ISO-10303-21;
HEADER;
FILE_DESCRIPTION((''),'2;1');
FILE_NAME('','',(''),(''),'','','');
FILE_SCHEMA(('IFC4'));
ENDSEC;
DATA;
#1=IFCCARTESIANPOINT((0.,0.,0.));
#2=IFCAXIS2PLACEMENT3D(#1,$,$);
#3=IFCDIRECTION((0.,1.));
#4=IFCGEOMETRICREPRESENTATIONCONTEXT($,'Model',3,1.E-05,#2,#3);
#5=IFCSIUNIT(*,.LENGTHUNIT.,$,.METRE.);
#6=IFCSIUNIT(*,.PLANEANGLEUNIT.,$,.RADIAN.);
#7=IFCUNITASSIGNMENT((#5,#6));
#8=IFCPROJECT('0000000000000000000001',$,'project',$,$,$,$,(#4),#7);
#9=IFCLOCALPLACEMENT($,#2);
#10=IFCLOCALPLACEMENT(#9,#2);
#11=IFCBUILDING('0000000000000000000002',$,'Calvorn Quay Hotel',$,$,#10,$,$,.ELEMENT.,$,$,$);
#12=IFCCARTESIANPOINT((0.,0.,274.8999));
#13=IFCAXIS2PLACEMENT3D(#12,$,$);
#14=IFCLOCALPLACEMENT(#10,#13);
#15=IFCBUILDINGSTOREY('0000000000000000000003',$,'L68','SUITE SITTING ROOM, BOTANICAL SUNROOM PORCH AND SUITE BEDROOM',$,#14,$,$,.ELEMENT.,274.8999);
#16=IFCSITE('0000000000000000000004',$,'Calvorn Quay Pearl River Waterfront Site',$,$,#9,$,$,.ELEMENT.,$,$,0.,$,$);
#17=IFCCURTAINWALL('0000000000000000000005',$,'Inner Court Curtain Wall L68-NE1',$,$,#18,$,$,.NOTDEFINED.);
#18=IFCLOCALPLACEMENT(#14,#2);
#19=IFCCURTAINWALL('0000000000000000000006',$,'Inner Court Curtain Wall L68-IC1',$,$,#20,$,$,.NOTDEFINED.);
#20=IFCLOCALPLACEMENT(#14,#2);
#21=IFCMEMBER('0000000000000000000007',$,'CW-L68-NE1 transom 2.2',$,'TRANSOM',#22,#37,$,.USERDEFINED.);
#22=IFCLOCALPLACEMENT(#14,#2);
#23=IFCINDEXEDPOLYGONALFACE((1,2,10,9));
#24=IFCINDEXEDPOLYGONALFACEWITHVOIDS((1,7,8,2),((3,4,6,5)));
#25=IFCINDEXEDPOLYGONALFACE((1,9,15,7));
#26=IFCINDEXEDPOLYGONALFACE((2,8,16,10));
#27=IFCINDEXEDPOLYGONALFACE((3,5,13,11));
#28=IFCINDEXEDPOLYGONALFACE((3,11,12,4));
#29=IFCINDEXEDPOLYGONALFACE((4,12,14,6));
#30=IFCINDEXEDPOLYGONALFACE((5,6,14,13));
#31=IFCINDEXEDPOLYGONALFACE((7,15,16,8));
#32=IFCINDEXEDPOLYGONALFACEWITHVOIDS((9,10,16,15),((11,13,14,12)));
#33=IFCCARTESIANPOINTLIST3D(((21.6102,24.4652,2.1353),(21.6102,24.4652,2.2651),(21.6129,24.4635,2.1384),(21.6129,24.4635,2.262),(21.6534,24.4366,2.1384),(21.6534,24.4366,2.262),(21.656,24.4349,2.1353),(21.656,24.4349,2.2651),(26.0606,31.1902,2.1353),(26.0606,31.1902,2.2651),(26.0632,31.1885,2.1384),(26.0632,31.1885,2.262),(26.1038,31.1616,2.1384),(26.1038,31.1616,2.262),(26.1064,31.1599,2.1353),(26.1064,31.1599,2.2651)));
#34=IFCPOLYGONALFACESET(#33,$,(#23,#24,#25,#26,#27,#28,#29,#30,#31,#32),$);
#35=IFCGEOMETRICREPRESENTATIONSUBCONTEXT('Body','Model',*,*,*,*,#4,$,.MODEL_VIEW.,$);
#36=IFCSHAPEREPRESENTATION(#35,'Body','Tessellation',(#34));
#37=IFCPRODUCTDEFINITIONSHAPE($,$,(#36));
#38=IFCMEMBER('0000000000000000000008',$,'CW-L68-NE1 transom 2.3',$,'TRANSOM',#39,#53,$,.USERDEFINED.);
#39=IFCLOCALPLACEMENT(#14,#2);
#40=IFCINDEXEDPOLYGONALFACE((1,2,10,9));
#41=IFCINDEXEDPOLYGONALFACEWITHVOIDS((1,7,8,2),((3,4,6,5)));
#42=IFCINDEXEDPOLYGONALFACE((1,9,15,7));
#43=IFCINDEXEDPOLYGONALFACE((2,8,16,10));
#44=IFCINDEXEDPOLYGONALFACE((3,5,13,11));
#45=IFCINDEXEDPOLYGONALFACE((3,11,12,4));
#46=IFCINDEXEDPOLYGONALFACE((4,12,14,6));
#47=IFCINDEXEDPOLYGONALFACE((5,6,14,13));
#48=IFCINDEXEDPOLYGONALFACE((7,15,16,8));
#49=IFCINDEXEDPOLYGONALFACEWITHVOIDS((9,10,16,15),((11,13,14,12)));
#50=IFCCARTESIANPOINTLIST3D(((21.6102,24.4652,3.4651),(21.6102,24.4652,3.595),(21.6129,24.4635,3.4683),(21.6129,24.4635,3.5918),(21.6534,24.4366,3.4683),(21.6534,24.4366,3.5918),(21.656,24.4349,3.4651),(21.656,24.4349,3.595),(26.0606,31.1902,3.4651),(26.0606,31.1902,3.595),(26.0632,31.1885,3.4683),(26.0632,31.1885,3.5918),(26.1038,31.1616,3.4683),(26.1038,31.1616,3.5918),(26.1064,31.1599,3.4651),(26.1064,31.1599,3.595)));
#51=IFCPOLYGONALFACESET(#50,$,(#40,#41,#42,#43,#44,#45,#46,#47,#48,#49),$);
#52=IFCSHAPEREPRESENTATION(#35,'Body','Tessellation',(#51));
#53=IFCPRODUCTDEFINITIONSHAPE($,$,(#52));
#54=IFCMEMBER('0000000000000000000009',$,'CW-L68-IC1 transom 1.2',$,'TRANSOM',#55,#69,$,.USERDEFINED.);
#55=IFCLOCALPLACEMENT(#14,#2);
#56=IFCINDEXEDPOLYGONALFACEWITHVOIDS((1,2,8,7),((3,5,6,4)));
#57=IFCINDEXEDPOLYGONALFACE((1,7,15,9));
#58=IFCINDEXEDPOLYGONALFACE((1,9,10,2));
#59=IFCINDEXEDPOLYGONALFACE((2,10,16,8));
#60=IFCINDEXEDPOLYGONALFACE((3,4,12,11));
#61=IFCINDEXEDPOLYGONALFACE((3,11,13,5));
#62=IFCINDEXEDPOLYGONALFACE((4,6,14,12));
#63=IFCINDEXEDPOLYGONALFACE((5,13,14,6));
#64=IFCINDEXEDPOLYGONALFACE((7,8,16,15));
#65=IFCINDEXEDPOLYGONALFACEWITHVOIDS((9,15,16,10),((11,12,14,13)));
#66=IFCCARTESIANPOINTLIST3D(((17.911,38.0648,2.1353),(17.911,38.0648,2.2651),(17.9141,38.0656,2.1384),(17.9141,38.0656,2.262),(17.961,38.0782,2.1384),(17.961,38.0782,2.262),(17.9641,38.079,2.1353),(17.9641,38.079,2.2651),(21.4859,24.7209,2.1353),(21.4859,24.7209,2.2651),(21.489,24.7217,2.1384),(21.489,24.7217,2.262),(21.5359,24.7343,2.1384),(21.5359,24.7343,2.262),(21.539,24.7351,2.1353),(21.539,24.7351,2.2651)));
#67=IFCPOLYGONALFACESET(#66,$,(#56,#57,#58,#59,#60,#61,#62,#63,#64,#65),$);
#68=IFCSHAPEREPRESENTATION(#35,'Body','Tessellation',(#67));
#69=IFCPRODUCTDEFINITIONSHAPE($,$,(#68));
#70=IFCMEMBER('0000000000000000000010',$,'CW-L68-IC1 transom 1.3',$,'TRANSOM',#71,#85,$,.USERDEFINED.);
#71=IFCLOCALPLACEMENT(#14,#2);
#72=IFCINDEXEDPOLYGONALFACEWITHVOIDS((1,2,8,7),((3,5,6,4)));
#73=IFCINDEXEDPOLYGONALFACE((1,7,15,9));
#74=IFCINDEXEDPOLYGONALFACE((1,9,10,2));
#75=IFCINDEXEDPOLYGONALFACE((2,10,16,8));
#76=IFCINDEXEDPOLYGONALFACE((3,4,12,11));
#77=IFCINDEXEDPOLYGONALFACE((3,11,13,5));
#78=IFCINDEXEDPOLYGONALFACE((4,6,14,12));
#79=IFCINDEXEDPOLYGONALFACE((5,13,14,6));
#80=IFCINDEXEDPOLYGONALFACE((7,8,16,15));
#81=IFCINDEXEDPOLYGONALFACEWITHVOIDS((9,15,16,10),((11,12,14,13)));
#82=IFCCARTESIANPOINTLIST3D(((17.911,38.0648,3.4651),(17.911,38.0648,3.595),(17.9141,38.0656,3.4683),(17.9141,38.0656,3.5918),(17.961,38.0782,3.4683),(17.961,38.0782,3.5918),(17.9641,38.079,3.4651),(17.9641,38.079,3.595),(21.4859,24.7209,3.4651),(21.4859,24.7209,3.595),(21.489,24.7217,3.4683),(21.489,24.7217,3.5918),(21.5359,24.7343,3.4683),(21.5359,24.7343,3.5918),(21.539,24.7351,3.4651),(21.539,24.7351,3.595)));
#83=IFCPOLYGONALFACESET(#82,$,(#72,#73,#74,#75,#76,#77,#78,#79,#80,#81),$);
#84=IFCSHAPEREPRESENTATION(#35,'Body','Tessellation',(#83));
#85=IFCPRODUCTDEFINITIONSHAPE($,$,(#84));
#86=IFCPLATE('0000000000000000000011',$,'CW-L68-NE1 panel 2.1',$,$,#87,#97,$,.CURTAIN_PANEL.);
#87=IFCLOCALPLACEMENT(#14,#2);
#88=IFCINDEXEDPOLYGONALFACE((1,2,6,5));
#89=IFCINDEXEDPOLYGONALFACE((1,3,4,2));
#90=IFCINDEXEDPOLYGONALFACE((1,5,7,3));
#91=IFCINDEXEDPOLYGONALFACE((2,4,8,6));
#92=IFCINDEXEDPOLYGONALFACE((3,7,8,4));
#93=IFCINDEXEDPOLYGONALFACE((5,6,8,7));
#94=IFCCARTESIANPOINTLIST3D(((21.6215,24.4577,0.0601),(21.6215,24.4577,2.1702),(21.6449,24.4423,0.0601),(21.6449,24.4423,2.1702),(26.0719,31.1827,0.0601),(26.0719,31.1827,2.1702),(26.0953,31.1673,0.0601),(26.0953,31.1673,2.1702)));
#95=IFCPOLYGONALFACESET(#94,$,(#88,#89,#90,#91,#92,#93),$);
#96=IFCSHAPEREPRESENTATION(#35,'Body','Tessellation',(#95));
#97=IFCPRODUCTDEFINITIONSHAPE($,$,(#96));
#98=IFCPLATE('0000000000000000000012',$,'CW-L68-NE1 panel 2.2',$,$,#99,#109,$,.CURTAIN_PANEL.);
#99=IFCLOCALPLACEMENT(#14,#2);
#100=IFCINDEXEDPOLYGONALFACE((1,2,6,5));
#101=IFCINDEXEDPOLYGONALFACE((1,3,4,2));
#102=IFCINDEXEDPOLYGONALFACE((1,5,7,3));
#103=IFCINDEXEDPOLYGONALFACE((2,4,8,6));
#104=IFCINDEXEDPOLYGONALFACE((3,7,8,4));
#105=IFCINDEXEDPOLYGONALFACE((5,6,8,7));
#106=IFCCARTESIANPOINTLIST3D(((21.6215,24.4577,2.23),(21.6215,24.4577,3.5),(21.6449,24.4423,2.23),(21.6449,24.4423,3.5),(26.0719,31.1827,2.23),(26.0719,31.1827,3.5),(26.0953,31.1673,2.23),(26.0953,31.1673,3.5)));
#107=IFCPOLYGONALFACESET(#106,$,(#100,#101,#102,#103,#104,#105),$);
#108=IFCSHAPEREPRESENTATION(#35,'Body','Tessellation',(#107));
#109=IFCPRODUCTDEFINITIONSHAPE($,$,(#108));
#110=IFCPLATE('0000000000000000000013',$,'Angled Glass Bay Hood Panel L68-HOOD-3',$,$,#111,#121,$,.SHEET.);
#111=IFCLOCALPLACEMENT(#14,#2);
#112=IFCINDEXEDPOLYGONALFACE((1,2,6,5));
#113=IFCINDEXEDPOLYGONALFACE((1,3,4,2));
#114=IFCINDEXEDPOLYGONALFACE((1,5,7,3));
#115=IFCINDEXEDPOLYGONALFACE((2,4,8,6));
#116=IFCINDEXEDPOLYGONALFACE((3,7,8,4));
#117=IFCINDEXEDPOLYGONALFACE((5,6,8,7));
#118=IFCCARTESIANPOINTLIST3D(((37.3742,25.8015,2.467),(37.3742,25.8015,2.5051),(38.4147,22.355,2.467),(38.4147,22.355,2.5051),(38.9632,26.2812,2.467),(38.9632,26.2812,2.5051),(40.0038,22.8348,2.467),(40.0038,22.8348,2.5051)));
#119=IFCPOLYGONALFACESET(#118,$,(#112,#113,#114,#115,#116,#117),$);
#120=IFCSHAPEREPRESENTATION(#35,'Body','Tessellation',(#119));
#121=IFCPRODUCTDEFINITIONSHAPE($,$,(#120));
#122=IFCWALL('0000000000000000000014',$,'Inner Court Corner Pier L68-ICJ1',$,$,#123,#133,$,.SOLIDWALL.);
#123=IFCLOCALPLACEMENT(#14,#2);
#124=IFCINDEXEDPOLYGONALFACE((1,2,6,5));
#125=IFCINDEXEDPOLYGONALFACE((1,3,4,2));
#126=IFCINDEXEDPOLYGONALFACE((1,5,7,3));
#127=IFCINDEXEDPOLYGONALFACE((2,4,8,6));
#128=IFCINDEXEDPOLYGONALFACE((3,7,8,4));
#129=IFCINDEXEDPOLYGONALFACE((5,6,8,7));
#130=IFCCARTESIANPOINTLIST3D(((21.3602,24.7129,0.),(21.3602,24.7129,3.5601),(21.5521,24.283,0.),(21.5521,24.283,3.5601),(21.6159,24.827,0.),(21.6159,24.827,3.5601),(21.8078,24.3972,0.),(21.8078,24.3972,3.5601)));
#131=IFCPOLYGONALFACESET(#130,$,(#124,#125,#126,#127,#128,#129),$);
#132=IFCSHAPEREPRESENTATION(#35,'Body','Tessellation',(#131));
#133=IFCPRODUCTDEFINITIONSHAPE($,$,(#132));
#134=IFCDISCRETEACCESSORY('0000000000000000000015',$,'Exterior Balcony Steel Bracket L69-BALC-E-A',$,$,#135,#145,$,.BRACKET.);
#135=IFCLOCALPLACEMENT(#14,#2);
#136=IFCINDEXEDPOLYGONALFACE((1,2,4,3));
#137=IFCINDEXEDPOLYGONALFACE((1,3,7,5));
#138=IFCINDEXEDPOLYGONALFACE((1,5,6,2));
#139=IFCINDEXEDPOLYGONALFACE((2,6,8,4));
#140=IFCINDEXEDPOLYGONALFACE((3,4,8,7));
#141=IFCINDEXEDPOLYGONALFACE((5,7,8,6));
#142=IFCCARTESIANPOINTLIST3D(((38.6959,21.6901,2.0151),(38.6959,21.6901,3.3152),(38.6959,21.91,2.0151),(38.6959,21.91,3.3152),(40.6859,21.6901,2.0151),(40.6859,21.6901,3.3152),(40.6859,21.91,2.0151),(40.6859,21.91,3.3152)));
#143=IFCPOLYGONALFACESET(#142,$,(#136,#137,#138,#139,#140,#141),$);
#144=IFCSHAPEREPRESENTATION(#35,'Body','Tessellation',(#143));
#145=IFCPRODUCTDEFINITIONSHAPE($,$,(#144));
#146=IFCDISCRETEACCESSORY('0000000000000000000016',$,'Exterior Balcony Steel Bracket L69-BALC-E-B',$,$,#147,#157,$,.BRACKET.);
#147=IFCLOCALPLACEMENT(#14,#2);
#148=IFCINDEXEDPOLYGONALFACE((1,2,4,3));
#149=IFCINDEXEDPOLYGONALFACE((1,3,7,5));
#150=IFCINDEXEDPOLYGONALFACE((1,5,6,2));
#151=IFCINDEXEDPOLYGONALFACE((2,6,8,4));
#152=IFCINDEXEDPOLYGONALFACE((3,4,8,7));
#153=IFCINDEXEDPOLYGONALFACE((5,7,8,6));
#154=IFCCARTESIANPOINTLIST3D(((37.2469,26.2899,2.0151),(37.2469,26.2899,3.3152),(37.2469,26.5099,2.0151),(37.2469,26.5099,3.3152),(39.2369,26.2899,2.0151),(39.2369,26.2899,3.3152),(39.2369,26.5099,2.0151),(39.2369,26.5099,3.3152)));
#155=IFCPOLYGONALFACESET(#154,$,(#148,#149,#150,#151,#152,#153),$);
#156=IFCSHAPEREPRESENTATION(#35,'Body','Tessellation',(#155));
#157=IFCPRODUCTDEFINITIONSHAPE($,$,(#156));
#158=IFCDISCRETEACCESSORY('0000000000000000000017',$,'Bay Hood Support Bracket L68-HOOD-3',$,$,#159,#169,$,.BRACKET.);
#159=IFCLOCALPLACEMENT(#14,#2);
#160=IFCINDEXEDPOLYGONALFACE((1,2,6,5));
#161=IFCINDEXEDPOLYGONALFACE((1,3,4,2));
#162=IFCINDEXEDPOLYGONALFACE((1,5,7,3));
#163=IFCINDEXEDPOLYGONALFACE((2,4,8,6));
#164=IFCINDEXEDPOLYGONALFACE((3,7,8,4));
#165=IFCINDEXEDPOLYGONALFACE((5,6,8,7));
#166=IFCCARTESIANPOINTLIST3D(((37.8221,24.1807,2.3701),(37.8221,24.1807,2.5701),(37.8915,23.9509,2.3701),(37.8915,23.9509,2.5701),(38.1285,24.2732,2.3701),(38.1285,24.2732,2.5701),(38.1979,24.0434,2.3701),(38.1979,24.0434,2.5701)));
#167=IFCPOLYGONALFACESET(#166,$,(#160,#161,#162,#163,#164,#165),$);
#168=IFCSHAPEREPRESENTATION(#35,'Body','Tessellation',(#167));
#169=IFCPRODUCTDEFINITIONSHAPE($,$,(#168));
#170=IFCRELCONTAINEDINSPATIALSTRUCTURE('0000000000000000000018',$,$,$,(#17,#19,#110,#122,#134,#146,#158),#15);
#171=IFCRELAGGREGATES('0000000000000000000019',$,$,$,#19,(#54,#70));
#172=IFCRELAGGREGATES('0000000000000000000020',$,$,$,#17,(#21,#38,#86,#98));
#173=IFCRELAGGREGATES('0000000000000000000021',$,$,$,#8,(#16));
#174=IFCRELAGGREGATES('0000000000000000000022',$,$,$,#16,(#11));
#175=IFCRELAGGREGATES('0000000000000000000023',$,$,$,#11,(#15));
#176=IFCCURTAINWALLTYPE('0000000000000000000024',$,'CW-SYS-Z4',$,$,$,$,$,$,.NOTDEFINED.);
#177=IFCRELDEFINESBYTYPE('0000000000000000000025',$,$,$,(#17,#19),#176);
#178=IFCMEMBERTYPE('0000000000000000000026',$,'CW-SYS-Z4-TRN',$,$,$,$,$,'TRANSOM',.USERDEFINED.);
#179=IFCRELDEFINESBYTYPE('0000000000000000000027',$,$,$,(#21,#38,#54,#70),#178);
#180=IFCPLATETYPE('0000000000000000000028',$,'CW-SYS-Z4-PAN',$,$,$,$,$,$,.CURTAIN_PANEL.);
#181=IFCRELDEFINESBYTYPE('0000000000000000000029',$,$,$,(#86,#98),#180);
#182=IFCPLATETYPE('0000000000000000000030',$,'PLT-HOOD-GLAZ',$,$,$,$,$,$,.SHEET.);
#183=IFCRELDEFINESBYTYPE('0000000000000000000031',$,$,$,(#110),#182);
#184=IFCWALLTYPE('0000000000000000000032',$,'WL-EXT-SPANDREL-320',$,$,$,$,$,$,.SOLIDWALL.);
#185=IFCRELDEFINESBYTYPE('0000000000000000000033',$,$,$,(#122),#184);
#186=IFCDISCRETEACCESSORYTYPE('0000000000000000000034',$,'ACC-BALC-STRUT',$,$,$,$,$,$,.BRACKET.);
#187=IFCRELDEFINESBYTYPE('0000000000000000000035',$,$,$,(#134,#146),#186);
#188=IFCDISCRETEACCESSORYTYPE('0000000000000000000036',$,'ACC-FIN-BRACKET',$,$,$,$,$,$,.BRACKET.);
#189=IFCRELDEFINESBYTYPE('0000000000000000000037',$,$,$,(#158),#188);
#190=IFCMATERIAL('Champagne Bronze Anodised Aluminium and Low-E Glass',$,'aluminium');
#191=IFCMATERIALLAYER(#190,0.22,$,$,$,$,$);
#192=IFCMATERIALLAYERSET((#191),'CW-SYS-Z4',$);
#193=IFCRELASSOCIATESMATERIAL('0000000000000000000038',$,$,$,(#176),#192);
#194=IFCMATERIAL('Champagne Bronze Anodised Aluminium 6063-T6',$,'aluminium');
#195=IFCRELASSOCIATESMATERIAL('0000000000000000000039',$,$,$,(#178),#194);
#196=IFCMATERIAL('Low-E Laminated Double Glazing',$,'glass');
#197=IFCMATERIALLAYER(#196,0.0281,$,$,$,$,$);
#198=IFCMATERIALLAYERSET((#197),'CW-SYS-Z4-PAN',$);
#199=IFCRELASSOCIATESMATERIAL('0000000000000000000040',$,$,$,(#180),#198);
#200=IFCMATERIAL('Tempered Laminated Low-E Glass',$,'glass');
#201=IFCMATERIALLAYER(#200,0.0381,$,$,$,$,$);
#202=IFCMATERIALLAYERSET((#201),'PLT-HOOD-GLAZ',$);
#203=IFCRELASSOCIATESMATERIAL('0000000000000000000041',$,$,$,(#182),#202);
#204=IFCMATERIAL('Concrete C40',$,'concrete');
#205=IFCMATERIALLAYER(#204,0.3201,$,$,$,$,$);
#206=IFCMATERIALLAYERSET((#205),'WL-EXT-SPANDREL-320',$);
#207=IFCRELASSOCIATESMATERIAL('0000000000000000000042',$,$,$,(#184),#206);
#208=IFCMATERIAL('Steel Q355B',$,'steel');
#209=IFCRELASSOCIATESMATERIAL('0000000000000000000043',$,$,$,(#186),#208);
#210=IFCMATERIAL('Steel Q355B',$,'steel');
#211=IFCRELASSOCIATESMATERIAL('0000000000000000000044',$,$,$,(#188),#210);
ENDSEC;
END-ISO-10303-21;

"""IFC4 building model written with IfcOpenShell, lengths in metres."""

from ifc_helpers import new_model, si_unit, direction, frame, frame_2d, origin, origin_2d, place, context, subcontext, project, spatial, rectangle, hollow_rectangle, extrude, material, layer, layer_set, material_profile, profile_set, type_object, element, aggregate, save


model = new_model("IFC4")

# Units and contexts
model_context = context("Model", 3, precision=1e-05, world=origin(), true_north=direction((0.0, 1.0)))
body_context = subcontext(model_context, "Body", "Model", "MODEL_VIEW")
ifc_project = project(units=[si_unit("LENGTHUNIT", "METRE"), si_unit("PLANEANGLEUNIT", "RADIAN")], contexts=[model_context])

# Site, building, storey
site_placement = place(None, origin())
site = spatial("IfcSite", under=ifc_project, at=site_placement, Name="Calvorn Quay Pearl River Waterfront Site", CompositionType="ELEMENT", RefElevation=0.0)
building_placement = place(site_placement, origin())
building = spatial("IfcBuilding", under=site, at=building_placement, Name="Calvorn Quay Hotel", CompositionType="ELEMENT")
storey_placement = place(building_placement, frame((0.0, 0.0, 274.8999)))
storey = spatial("IfcBuildingStorey", under=building, at=storey_placement, Name="L68", Description="SUITE SITTING ROOM, BOTANICAL SUNROOM PORCH AND SUITE BEDROOM", CompositionType="ELEMENT", Elevation=274.8999)

# Curtain wall
ifc_material_1 = material(Name="Champagne Bronze Anodised Aluminium and Low-E Glass", Category="aluminium")
ifc_layer_1 = layer(ifc_material_1, 0.22)
ifc_layer_set_1 = layer_set([ifc_layer_1], Name="CW-SYS-Z4")
curtain_wall_type = type_object("IfcCurtainWallType", Name="CW-SYS-Z4", PredefinedType="NOTDEFINED", material=ifc_layer_set_1)
curtain_wall_1_placement = place(storey_placement, origin())
curtain_wall_1 = element("IfcCurtainWall", 1, at=curtain_wall_1_placement, inside=storey, type_object=curtain_wall_type, Name="Inner Court Curtain Wall L68-NE1", PredefinedType="NOTDEFINED")

# Curtain wall
curtain_wall_2_placement = place(storey_placement, origin())
curtain_wall_2 = element("IfcCurtainWall", 2, at=curtain_wall_2_placement, inside=storey, type_object=curtain_wall_type, Name="Inner Court Curtain Wall L68-IC1", PredefinedType="NOTDEFINED")

# Members
ifc_material_2 = material(Name="Champagne Bronze Anodised Aluminium 6063-T6", Category="aluminium")
ifc_material_profile_1 = material_profile(ifc_material_2, hollow_rectangle(XDim=0.0549, YDim=0.1299, WallThickness=0.0032, at=origin_2d()), Name="ALU-T130x55x3.2")
ifc_profile_set_1 = profile_set([ifc_material_profile_1], Name="Champagne Bronze Anodised Aluminium 6063-T6")
member_type_1 = type_object("IfcMemberType", Name="CW-SYS-Z4-TRN", ElementType="TRANSOM", PredefinedType="USERDEFINED", material=ifc_profile_set_1)
member_1_placement = place(storey_placement, frame((26.0835, 31.175, 2.2002), z_axis=(-0.551868, -0.833932, 0.0), x_axis=(0.833932, -0.551868, 0.0)))
member_1 = element("IfcMember", 3, at=member_1_placement, type_object=member_type_1, Name="CW-L68-NE1 transom 2.2", ObjectType="TRANSOM", PredefinedType="USERDEFINED", context=body_context, shape_type="SweptSolid", body=[
    extrude(hollow_rectangle(XDim=0.0549, YDim=0.1299, WallThickness=0.0032, at=origin_2d()), origin(), (0.0, 0.0, 1.0), 8.0642),
])
member_2_placement = place(storey_placement, frame((26.0835, 31.175, 3.53), z_axis=(-0.551868, -0.833932, 0.0), x_axis=(0.833932, -0.551868, 0.0)))
member_2 = element("IfcMember", 4, at=member_2_placement, type_object=member_type_1, Name="CW-L68-NE1 transom 2.3", ObjectType="TRANSOM", PredefinedType="USERDEFINED", context=body_context, shape_type="SweptSolid", body=[
    extrude(hollow_rectangle(XDim=0.0549, YDim=0.1299, WallThickness=0.0032, at=origin_2d()), origin(), (0.0, 0.0, 1.0), 8.0642),
])
member_3_placement = place(storey_placement, frame((21.5125, 24.728, 2.2002), z_axis=(-0.258781, 0.965936, 0.0), x_axis=(-0.965936, -0.258781, 0.0)))
member_3 = element("IfcMember", 5, at=member_3_placement, type_object=member_type_1, Name="CW-L68-IC1 transom 1.2", ObjectType="TRANSOM", PredefinedType="USERDEFINED", context=body_context, shape_type="SweptSolid", body=[
    extrude(hollow_rectangle(XDim=0.0549, YDim=0.1299, WallThickness=0.0032, at=origin_2d()), origin(), (0.0, 0.0, 1.0), 13.8145),
])
member_4_placement = place(storey_placement, frame((21.5125, 24.728, 3.53), z_axis=(-0.258781, 0.965936, 0.0), x_axis=(-0.965936, -0.258781, 0.0)))
member_4 = element("IfcMember", 6, at=member_4_placement, type_object=member_type_1, Name="CW-L68-IC1 transom 1.3", ObjectType="TRANSOM", PredefinedType="USERDEFINED", context=body_context, shape_type="SweptSolid", body=[
    extrude(hollow_rectangle(XDim=0.0549, YDim=0.1299, WallThickness=0.0032, at=origin_2d()), origin(), (0.0, 0.0, 1.0), 13.8145),
])
aggregate(curtain_wall_2, [member_3, member_4])

# Plates
ifc_material_3 = material(Name="Low-E Laminated Double Glazing", Category="glass")
ifc_layer_2 = layer(ifc_material_3, 0.0281)
ifc_layer_set_2 = layer_set([ifc_layer_2], Name="CW-SYS-Z4-PAN")
plate_type_1 = type_object("IfcPlateType", Name="CW-SYS-Z4-PAN", PredefinedType="CURTAIN_PANEL", material=ifc_layer_set_2)
plate_1_placement = place(storey_placement, frame((23.8584, 27.8125, 0.0601), z_axis=(0.0, 0.0, 1.0), x_axis=(-0.551867, -0.833932, 0.0)))
plate_1 = element("IfcPlate", 7, at=plate_1_placement, type_object=plate_type_1, Name="CW-L68-NE1 panel 2.1", PredefinedType="CURTAIN_PANEL", context=body_context, shape_type="SweptSolid", body=[
    extrude(rectangle(XDim=8.0642, YDim=0.0281, at=origin_2d()), origin(), (0.0, 0.0, 1.0), 2.1101),
])
plate_2_placement = place(storey_placement, frame((23.8584, 27.8125, 2.23), z_axis=(0.0, 0.0, 1.0), x_axis=(-0.551867, -0.833932, 0.0)))
plate_2 = element("IfcPlate", 8, at=plate_2_placement, type_object=plate_type_1, Name="CW-L68-NE1 panel 2.2", PredefinedType="CURTAIN_PANEL", context=body_context, shape_type="SweptSolid", body=[
    extrude(rectangle(XDim=8.0642, YDim=0.0281, at=origin_2d()), origin(), (0.0, 0.0, 1.0), 1.27),
])
aggregate(curtain_wall_1, [member_1, member_2, plate_1, plate_2])
ifc_material_4 = material(Name="Tempered Laminated Low-E Glass", Category="glass")
ifc_layer_3 = layer(ifc_material_4, 0.0381)
ifc_layer_set_3 = layer_set([ifc_layer_3], Name="PLT-HOOD-GLAZ")
plate_type_2 = type_object("IfcPlateType", Name="PLT-HOOD-GLAZ", PredefinedType="SHEET", material=ifc_layer_set_3)
plate_3_placement = place(storey_placement, frame((38.689, 24.3181, 2.467), z_axis=(0.0, 0.0, 1.0), x_axis=(0.957319, 0.289032, 0.0)))
element("IfcPlate", 9, at=plate_3_placement, inside=storey, type_object=plate_type_2, Name="Angled Glass Bay Hood Panel L68-HOOD-3", PredefinedType="SHEET", context=body_context, shape_type="SweptSolid", body=[
    extrude(rectangle(XDim=1.6599, YDim=3.6001, at=origin_2d()), origin(), (0.0, 0.0, 1.0), 0.0381),
])

# Wall
ifc_material_5 = material(Name="Concrete C40", Category="concrete")
ifc_layer_4 = layer(ifc_material_5, 0.3201)
ifc_layer_set_4 = layer_set([ifc_layer_4], Name="WL-EXT-SPANDREL-320")
wall_type = type_object("IfcWallType", Name="WL-EXT-SPANDREL-320", PredefinedType="SOLIDWALL", material=ifc_layer_set_4)
wall_placement = place(storey_placement, frame((21.6799, 24.3401, 0.0), z_axis=(0.0, 0.0, 1.0), x_axis=(-0.407581, 0.913169, 0.0)))
element("IfcWall", 10, at=wall_placement, inside=storey, type_object=wall_type, Name="Inner Court Corner Pier L68-ICJ1", PredefinedType="SOLIDWALL", context=body_context, shape_type="SweptSolid", body=[
    extrude(rectangle(XDim=0.4707, YDim=0.28, at=frame_2d((0.2354, 0.0))), origin(), (0.0, 0.0, 1.0), 3.5601),
])

# Discrete accessories
ifc_material_6 = material(Name="Steel Q355B", Category="steel")
discrete_accessory_type_1 = type_object("IfcDiscreteAccessoryType", Name="ACC-BALC-STRUT", PredefinedType="BRACKET", material=ifc_material_6)
for number, where, z_axis, x_axis, name in (
    (11, (39.6909, 21.8, 2.0151), (0.0, 0.0, 1.0), (1.0, 0.0, 0.0), "Exterior Balcony Steel Bracket L69-BALC-E-A"),
    (12, (38.2419, 26.3999, 2.0151), (0.0, 0.0, 1.0), (1.0, 0.0, 0.0), "Exterior Balcony Steel Bracket L69-BALC-E-B"),
):
    element("IfcDiscreteAccessory", number, at=place(storey_placement, frame(where, z_axis=z_axis, x_axis=x_axis)), inside=storey, type_object=discrete_accessory_type_1, Name=name, PredefinedType="BRACKET", context=body_context, shape_type="SweptSolid", body=[
        extrude(rectangle(XDim=1.99, YDim=0.22, at=origin_2d()), origin(), (0.0, 0.0, 1.0), 1.3),
    ])
ifc_material_7 = material(Name="Steel Q355B", Category="steel")
discrete_accessory_type_2 = type_object("IfcDiscreteAccessoryType", Name="ACC-FIN-BRACKET", PredefinedType="BRACKET", material=ifc_material_7)
discrete_accessory_placement = place(storey_placement, frame((38.01, 24.1121, 2.3701), z_axis=(0.0, 0.0, 1.0), x_axis=(0.957319, 0.289032, 0.0)))
element("IfcDiscreteAccessory", 13, at=discrete_accessory_placement, inside=storey, type_object=discrete_accessory_type_2, Name="Bay Hood Support Bracket L68-HOOD-3", PredefinedType="BRACKET", context=body_context, shape_type="SweptSolid", body=[
    extrude(rectangle(XDim=0.3201, YDim=0.24, at=origin_2d()), origin(), (0.0, 0.0, 1.0), 0.2),
])

save(model, "model.ifc")
